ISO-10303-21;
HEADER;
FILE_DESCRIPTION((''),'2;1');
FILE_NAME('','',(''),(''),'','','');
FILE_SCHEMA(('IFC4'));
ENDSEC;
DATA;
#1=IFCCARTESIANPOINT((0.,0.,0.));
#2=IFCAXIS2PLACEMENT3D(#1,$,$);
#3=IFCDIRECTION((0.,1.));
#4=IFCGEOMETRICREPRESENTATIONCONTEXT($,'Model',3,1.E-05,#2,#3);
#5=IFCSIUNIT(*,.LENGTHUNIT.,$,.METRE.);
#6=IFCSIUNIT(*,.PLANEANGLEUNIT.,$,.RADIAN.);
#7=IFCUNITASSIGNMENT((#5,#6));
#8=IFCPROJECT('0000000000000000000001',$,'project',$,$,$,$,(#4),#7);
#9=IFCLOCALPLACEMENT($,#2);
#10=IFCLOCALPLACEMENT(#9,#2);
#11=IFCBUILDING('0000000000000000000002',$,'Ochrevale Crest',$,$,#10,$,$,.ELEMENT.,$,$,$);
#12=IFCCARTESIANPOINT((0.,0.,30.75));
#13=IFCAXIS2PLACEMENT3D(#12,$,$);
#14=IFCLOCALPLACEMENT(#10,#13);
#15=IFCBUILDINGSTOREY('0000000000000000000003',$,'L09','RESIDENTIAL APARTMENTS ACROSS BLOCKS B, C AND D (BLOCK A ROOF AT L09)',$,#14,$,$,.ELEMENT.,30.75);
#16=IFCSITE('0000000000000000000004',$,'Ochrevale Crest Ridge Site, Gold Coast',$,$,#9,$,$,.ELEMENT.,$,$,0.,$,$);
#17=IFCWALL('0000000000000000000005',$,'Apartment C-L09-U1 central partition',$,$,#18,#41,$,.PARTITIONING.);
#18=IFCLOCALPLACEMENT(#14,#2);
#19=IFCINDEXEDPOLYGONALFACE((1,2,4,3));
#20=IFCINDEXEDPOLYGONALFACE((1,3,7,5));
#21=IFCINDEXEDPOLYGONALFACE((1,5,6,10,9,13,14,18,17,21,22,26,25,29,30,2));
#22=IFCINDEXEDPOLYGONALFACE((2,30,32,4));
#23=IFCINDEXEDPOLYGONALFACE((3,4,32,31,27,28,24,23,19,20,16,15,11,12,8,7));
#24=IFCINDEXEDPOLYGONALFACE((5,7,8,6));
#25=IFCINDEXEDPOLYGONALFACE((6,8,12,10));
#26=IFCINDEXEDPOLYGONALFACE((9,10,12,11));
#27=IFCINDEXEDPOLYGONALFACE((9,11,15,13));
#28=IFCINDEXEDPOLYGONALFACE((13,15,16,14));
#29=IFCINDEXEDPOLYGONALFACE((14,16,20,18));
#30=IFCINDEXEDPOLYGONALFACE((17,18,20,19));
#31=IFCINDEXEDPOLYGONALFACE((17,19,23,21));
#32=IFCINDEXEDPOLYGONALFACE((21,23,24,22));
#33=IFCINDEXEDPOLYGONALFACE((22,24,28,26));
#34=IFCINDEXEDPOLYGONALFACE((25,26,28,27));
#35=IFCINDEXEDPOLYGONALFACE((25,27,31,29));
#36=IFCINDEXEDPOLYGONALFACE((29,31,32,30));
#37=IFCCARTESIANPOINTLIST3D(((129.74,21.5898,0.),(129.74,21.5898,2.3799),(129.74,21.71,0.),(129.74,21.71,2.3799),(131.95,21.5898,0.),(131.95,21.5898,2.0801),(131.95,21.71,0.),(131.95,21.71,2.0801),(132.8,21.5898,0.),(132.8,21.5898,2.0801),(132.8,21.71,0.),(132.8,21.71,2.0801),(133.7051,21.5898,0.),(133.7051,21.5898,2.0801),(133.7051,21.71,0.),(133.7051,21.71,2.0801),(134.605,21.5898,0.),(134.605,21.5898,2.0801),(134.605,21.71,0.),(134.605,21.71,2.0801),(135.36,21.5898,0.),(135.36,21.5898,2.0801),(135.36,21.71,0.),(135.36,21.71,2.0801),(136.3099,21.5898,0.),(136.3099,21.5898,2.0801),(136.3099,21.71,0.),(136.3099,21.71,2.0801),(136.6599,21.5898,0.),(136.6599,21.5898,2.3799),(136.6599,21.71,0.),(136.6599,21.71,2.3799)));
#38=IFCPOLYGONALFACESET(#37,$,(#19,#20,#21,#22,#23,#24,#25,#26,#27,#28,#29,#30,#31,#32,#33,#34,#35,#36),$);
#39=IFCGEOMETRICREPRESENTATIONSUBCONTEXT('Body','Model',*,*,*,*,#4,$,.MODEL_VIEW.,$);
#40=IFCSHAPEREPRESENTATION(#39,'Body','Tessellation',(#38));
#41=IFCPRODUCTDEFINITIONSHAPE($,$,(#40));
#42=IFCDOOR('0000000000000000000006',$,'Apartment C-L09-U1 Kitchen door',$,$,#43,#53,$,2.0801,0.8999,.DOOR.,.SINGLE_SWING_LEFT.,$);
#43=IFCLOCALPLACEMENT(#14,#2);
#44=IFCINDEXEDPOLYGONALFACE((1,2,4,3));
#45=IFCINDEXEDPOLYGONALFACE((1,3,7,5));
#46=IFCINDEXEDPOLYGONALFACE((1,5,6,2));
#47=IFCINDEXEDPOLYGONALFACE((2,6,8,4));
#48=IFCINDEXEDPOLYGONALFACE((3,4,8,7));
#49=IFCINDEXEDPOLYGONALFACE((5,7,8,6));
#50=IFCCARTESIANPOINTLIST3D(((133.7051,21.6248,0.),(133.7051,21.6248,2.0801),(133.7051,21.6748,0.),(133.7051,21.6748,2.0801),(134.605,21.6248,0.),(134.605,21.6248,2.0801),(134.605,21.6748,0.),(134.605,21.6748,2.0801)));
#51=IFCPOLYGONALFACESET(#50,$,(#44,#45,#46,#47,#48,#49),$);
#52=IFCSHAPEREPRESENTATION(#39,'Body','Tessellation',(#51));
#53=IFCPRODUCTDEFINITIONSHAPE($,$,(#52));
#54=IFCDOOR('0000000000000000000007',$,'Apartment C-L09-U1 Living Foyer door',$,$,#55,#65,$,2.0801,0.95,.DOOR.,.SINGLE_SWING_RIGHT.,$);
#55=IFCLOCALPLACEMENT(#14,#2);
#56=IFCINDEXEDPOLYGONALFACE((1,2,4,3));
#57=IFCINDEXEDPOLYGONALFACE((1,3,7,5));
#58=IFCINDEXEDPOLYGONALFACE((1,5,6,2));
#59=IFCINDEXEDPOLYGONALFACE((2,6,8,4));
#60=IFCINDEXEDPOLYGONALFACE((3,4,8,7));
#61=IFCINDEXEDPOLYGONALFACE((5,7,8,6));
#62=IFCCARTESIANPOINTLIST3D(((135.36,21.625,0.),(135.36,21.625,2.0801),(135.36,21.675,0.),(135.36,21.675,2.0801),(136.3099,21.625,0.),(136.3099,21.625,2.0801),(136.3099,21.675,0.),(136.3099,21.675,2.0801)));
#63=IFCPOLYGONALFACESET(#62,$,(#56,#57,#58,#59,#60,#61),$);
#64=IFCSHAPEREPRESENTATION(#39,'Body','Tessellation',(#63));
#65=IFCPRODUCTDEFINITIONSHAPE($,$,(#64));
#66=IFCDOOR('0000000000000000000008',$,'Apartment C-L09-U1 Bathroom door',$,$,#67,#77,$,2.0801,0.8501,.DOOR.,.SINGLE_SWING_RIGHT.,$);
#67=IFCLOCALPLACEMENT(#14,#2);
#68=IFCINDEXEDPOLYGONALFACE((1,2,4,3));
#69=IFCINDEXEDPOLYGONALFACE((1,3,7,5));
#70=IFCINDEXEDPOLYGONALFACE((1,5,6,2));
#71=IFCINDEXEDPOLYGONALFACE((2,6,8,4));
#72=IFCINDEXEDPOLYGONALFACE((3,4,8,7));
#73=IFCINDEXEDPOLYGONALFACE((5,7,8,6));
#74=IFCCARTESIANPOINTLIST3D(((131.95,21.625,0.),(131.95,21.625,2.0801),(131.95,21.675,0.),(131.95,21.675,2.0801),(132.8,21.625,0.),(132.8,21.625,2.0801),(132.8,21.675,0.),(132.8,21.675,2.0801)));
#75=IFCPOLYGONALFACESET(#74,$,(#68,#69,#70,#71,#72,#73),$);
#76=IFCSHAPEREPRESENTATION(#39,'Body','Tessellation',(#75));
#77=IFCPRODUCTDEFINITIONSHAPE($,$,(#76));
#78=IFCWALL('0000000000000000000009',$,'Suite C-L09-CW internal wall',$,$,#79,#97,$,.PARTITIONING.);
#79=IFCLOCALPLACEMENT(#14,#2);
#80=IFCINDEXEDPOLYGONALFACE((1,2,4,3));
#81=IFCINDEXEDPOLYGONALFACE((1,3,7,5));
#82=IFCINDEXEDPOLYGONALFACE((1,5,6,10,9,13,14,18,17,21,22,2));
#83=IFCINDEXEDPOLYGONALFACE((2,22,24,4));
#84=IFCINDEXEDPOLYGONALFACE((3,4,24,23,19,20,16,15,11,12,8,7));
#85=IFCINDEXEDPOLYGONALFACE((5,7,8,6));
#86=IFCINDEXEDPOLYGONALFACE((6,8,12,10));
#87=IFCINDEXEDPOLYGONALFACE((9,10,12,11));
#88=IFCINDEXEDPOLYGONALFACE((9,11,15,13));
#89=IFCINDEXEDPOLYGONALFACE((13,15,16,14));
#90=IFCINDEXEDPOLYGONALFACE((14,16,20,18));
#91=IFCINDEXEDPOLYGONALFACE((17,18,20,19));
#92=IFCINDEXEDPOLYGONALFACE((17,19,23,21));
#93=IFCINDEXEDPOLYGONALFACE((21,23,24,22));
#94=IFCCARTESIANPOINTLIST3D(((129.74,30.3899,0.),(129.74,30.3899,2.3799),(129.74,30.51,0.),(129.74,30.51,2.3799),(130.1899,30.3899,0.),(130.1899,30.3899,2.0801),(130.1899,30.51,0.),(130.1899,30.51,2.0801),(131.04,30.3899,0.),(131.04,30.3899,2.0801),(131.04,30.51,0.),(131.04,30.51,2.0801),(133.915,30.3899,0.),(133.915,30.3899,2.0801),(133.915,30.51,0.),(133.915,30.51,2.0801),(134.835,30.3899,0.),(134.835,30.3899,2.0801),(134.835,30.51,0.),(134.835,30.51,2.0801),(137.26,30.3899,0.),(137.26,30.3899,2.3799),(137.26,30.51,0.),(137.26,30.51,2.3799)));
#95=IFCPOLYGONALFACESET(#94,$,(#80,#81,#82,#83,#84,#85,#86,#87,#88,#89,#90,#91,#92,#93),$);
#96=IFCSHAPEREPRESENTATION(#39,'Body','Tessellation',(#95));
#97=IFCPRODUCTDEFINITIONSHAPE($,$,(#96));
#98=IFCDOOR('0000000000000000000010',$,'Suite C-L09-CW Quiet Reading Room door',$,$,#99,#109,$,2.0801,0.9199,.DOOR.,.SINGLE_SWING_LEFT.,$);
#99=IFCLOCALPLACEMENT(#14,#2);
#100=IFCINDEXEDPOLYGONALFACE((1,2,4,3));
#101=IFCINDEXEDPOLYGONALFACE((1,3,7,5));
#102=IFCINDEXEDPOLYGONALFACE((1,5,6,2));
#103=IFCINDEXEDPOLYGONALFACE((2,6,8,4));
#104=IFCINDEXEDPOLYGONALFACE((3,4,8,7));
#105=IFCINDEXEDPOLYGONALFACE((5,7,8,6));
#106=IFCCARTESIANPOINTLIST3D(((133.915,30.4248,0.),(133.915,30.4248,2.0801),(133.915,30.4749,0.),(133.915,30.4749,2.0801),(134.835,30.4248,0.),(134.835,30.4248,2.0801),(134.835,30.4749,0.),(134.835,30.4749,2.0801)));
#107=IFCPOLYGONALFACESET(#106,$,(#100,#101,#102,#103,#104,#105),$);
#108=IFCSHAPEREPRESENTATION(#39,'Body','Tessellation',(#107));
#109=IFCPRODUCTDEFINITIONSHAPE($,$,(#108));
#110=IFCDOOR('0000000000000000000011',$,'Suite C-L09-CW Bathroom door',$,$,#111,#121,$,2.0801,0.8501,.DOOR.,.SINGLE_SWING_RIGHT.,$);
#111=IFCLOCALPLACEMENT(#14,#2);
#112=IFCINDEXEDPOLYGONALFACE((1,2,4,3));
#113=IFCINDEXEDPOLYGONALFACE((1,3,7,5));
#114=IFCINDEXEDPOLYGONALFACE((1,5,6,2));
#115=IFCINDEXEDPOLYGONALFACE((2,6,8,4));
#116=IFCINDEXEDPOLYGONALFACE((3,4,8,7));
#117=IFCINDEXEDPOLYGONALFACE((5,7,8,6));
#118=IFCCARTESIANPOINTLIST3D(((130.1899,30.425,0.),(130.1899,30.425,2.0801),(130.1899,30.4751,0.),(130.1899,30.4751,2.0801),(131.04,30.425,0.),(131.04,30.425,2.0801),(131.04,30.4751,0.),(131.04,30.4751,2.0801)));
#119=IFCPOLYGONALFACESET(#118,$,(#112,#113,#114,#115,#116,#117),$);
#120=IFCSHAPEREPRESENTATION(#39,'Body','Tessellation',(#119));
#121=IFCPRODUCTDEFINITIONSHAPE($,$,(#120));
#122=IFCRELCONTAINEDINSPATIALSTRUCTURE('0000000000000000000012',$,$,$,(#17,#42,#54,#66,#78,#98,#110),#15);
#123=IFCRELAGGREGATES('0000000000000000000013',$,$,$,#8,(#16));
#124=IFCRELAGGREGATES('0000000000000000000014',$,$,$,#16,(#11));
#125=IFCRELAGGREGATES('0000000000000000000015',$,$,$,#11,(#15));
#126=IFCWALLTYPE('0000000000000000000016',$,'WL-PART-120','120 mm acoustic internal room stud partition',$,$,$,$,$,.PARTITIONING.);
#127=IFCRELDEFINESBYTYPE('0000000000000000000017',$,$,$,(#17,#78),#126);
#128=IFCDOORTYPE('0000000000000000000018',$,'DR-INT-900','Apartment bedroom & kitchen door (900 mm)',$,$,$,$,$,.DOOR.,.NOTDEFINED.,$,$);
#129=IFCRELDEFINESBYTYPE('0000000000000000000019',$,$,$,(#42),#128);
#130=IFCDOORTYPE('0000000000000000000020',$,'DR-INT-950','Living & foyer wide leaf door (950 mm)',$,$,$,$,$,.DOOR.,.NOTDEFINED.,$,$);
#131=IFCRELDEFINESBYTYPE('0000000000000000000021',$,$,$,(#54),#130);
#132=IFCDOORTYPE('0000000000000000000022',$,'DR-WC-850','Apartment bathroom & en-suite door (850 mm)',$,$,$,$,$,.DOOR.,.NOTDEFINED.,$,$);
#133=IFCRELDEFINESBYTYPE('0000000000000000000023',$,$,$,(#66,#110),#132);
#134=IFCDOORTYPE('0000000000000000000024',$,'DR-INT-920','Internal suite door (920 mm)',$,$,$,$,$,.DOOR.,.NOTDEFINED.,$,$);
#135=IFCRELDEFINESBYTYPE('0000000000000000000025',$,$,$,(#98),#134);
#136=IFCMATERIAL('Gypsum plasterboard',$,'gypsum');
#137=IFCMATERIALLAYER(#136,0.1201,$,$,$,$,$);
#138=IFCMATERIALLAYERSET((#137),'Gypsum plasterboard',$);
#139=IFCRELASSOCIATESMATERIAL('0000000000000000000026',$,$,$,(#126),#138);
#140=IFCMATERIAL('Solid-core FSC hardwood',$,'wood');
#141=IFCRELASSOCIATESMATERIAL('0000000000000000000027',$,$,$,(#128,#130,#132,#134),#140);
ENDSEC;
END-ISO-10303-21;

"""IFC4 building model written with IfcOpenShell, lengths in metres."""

from ifc_helpers import new_model, si_unit, direction, frame, frame_2d, origin, place, context, subcontext, project, spatial, rectangle, extrude, material, layer, layer_set, type_object, element, fill, save


model = new_model("IFC4")

# Units and contexts
model_context = context("Model", 3, precision=1e-05, world=origin(), true_north=direction((0.0, 1.0)))
body_context = subcontext(model_context, "Body", "Model", "MODEL_VIEW")
ifc_project = project(units=[si_unit("LENGTHUNIT", "METRE"), si_unit("PLANEANGLEUNIT", "RADIAN")], contexts=[model_context])

# Site, building, storey
site_placement = place(None, origin())
site = spatial("IfcSite", under=ifc_project, at=site_placement, Name="Ochrevale Crest Ridge Site, Gold Coast", CompositionType="ELEMENT", RefElevation=0.0)
building_placement = place(site_placement, origin())
building = spatial("IfcBuilding", under=site, at=building_placement, Name="Ochrevale Crest", CompositionType="ELEMENT")
storey_placement = place(building_placement, frame((0.0, 0.0, 30.75)))
storey = spatial("IfcBuildingStorey", under=building, at=storey_placement, Name="L09", Description="RESIDENTIAL APARTMENTS ACROSS BLOCKS B, C AND D (BLOCK A ROOF AT L09)", CompositionType="ELEMENT", Elevation=30.75)

# Shared definitions
ifc_material_1 = material(Name="Gypsum plasterboard", Category="gypsum")
ifc_material_2 = material(Name="Solid-core FSC hardwood", Category="wood")

# Walls, openings, doors
ifc_layer_1 = layer(ifc_material_1, 0.1201)
ifc_layer_set_1 = layer_set([ifc_layer_1], Name="Gypsum plasterboard")
wall_type_1 = type_object("IfcWallType", Name="WL-PART-120", Description="120 mm acoustic internal room stud partition", PredefinedType="PARTITIONING", material=ifc_layer_set_1)
wall_1_placement = place(storey_placement, frame((129.74, 21.6499, 0.0), z_axis=(0.0, 0.0, 1.0), x_axis=(1.0, 0.0, 0.0)))
wall_1 = element("IfcWall", 1, at=wall_1_placement, inside=storey, type_object=wall_type_1, Name="Apartment C-L09-U1 central partition", PredefinedType="PARTITIONING", context=body_context, shape_type="SweptSolid", body=[
    extrude(rectangle(XDim=6.9199, YDim=0.1201, at=frame_2d((3.46, 0.0))), origin(), (0.0, 0.0, 1.0), 2.3799),
])
opening_1_placement = place(wall_1_placement, frame((3.0601, 0.0, 0.0), z_axis=(0.0, 0.0, 1.0), x_axis=(-1.0, 0.0, 0.0)))
opening_1 = element("IfcOpeningElement", 2, at=opening_1_placement, cuts=wall_1, PredefinedType="OPENING", context=body_context, shape_type="SweptSolid", body=[
    extrude(rectangle(XDim=0.8501, YDim=2.0801, at=frame_2d((0.425, 1.04))), frame((0.0, 0.0701, 0.0), z_axis=(0.0, -1.0, 0.0), x_axis=(1.0, 0.0, 0.0)), (0.0, 0.0, 1.0), 0.1401),
])
opening_2_placement = place(wall_1_placement, frame((3.9651, 0.0, 0.0)))
opening_2 = element("IfcOpeningElement", 3, at=opening_2_placement, cuts=wall_1, PredefinedType="OPENING", context=body_context, shape_type="SweptSolid", body=[
    extrude(rectangle(XDim=0.8999, YDim=2.0801, at=frame_2d((0.45, 1.04))), frame((0.0, 0.0701, 0.0), z_axis=(0.0, -1.0, 0.0), x_axis=(1.0, 0.0, 0.0)), (0.0, 0.0, 1.0), 0.1401),
])
opening_3_placement = place(wall_1_placement, frame((6.5701, 0.0, 0.0), z_axis=(0.0, 0.0, 1.0), x_axis=(-1.0, 0.0, 0.0)))
opening_3 = element("IfcOpeningElement", 4, at=opening_3_placement, cuts=wall_1, PredefinedType="OPENING", context=body_context, shape_type="SweptSolid", body=[
    extrude(rectangle(XDim=0.95, YDim=2.0801, at=frame_2d((0.4751, 1.04))), frame((0.0, 0.0701, 0.0), z_axis=(0.0, -1.0, 0.0), x_axis=(1.0, 0.0, 0.0)), (0.0, 0.0, 1.0), 0.1401),
])
door_type_1 = type_object("IfcDoorType", Name="DR-INT-900", Description="Apartment bedroom & kitchen door (900 mm)", OperationType="NOTDEFINED", PredefinedType="DOOR", material=ifc_material_2)
door_1_placement = place(opening_2_placement, origin())
door_1 = element("IfcDoor", 5, at=door_1_placement, inside=storey, type_object=door_type_1, Name="Apartment C-L09-U1 Kitchen door", OperationType="SINGLE_SWING_LEFT", OverallHeight=2.0801, OverallWidth=0.8999, PredefinedType="DOOR", context=body_context, shape_type="SweptSolid", body=[
    extrude(rectangle(XDim=0.8999, YDim=2.0801, at=frame_2d((0.45, 1.04))), frame((0.0, 0.0249, 0.0), z_axis=(0.0, -1.0, 0.0), x_axis=(1.0, 0.0, 0.0)), (0.0, 0.0, 1.0), 0.05),
])
fill(opening_2, door_1)
door_type_2 = type_object("IfcDoorType", Name="DR-INT-950", Description="Living & foyer wide leaf door (950 mm)", OperationType="NOTDEFINED", PredefinedType="DOOR", material=ifc_material_2)
door_2_placement = place(opening_3_placement, origin())
door_2 = element("IfcDoor", 6, at=door_2_placement, inside=storey, type_object=door_type_2, Name="Apartment C-L09-U1 Living Foyer door", OperationType="SINGLE_SWING_RIGHT", OverallHeight=2.0801, OverallWidth=0.95, PredefinedType="DOOR", context=body_context, shape_type="SweptSolid", body=[
    extrude(rectangle(XDim=0.95, YDim=2.0801, at=frame_2d((0.4751, 1.04))), frame((0.0, 0.0249, 0.0), z_axis=(0.0, -1.0, 0.0), x_axis=(1.0, 0.0, 0.0)), (0.0, 0.0, 1.0), 0.05),
])
fill(opening_3, door_2)
door_type_3 = type_object("IfcDoorType", Name="DR-WC-850", Description="Apartment bathroom & en-suite door (850 mm)", OperationType="NOTDEFINED", PredefinedType="DOOR", material=ifc_material_2)
door_3_placement = place(opening_1_placement, origin())
door_3 = element("IfcDoor", 7, at=door_3_placement, inside=storey, type_object=door_type_3, Name="Apartment C-L09-U1 Bathroom door", OperationType="SINGLE_SWING_RIGHT", OverallHeight=2.0801, OverallWidth=0.8501, PredefinedType="DOOR", context=body_context, shape_type="SweptSolid", body=[
    extrude(rectangle(XDim=0.8501, YDim=2.0801, at=frame_2d((0.425, 1.04))), frame((0.0, 0.0249, 0.0), z_axis=(0.0, -1.0, 0.0), x_axis=(1.0, 0.0, 0.0)), (0.0, 0.0, 1.0), 0.05),
])
fill(opening_1, door_3)
wall_2_placement = place(storey_placement, frame((129.74, 30.45, 0.0), z_axis=(0.0, 0.0, 1.0), x_axis=(1.0, 0.0, 0.0)))
wall_2 = element("IfcWall", 8, at=wall_2_placement, inside=storey, type_object=wall_type_1, Name="Suite C-L09-CW internal wall", PredefinedType="PARTITIONING", context=body_context, shape_type="SweptSolid", body=[
    extrude(rectangle(XDim=7.52, YDim=0.1201, at=frame_2d((3.76, 0.0))), origin(), (0.0, 0.0, 1.0), 2.3799),
])
opening_4_placement = place(wall_2_placement, frame((1.3, 0.0, 0.0), z_axis=(0.0, 0.0, 1.0), x_axis=(-1.0, 0.0, 0.0)))
opening_4 = element("IfcOpeningElement", 9, at=opening_4_placement, cuts=wall_2, PredefinedType="OPENING", context=body_context, shape_type="SweptSolid", body=[
    extrude(rectangle(XDim=0.8501, YDim=2.0801, at=frame_2d((0.425, 1.04))), frame((0.0, 0.0701, 0.0), z_axis=(0.0, -1.0, 0.0), x_axis=(1.0, 0.0, 0.0)), (0.0, 0.0, 1.0), 0.1401),
])
opening_5_placement = place(wall_2_placement, frame((4.175, 0.0, 0.0)))
opening_5 = element("IfcOpeningElement", 10, at=opening_5_placement, cuts=wall_2, PredefinedType="OPENING", context=body_context, shape_type="SweptSolid", body=[
    extrude(rectangle(XDim=0.9199, YDim=2.0801, at=frame_2d((0.46, 1.04))), frame((0.0, 0.0701, 0.0), z_axis=(0.0, -1.0, 0.0), x_axis=(1.0, 0.0, 0.0)), (0.0, 0.0, 1.0), 0.1401),
])
door_type_4 = type_object("IfcDoorType", Name="DR-INT-920", Description="Internal suite door (920 mm)", OperationType="NOTDEFINED", PredefinedType="DOOR", material=ifc_material_2)
door_4_placement = place(opening_5_placement, origin())
door_4 = element("IfcDoor", 11, at=door_4_placement, inside=storey, type_object=door_type_4, Name="Suite C-L09-CW Quiet Reading Room door", OperationType="SINGLE_SWING_LEFT", OverallHeight=2.0801, OverallWidth=0.9199, PredefinedType="DOOR", context=body_context, shape_type="SweptSolid", body=[
    extrude(rectangle(XDim=0.9199, YDim=2.0801, at=frame_2d((0.46, 1.04))), frame((0.0, 0.0249, 0.0), z_axis=(0.0, -1.0, 0.0), x_axis=(1.0, 0.0, 0.0)), (0.0, 0.0, 1.0), 0.05),
])
fill(opening_5, door_4)
door_5_placement = place(opening_4_placement, origin())
door_5 = element("IfcDoor", 12, at=door_5_placement, inside=storey, type_object=door_type_3, Name="Suite C-L09-CW Bathroom door", OperationType="SINGLE_SWING_RIGHT", OverallHeight=2.0801, OverallWidth=0.8501, PredefinedType="DOOR", context=body_context, shape_type="SweptSolid", body=[
    extrude(rectangle(XDim=0.8501, YDim=2.0801, at=frame_2d((0.425, 1.04))), frame((0.0, 0.0249, 0.0), z_axis=(0.0, -1.0, 0.0), x_axis=(1.0, 0.0, 0.0)), (0.0, 0.0, 1.0), 0.05),
])
fill(opening_4, door_5)

save(model, "model.ifc")
